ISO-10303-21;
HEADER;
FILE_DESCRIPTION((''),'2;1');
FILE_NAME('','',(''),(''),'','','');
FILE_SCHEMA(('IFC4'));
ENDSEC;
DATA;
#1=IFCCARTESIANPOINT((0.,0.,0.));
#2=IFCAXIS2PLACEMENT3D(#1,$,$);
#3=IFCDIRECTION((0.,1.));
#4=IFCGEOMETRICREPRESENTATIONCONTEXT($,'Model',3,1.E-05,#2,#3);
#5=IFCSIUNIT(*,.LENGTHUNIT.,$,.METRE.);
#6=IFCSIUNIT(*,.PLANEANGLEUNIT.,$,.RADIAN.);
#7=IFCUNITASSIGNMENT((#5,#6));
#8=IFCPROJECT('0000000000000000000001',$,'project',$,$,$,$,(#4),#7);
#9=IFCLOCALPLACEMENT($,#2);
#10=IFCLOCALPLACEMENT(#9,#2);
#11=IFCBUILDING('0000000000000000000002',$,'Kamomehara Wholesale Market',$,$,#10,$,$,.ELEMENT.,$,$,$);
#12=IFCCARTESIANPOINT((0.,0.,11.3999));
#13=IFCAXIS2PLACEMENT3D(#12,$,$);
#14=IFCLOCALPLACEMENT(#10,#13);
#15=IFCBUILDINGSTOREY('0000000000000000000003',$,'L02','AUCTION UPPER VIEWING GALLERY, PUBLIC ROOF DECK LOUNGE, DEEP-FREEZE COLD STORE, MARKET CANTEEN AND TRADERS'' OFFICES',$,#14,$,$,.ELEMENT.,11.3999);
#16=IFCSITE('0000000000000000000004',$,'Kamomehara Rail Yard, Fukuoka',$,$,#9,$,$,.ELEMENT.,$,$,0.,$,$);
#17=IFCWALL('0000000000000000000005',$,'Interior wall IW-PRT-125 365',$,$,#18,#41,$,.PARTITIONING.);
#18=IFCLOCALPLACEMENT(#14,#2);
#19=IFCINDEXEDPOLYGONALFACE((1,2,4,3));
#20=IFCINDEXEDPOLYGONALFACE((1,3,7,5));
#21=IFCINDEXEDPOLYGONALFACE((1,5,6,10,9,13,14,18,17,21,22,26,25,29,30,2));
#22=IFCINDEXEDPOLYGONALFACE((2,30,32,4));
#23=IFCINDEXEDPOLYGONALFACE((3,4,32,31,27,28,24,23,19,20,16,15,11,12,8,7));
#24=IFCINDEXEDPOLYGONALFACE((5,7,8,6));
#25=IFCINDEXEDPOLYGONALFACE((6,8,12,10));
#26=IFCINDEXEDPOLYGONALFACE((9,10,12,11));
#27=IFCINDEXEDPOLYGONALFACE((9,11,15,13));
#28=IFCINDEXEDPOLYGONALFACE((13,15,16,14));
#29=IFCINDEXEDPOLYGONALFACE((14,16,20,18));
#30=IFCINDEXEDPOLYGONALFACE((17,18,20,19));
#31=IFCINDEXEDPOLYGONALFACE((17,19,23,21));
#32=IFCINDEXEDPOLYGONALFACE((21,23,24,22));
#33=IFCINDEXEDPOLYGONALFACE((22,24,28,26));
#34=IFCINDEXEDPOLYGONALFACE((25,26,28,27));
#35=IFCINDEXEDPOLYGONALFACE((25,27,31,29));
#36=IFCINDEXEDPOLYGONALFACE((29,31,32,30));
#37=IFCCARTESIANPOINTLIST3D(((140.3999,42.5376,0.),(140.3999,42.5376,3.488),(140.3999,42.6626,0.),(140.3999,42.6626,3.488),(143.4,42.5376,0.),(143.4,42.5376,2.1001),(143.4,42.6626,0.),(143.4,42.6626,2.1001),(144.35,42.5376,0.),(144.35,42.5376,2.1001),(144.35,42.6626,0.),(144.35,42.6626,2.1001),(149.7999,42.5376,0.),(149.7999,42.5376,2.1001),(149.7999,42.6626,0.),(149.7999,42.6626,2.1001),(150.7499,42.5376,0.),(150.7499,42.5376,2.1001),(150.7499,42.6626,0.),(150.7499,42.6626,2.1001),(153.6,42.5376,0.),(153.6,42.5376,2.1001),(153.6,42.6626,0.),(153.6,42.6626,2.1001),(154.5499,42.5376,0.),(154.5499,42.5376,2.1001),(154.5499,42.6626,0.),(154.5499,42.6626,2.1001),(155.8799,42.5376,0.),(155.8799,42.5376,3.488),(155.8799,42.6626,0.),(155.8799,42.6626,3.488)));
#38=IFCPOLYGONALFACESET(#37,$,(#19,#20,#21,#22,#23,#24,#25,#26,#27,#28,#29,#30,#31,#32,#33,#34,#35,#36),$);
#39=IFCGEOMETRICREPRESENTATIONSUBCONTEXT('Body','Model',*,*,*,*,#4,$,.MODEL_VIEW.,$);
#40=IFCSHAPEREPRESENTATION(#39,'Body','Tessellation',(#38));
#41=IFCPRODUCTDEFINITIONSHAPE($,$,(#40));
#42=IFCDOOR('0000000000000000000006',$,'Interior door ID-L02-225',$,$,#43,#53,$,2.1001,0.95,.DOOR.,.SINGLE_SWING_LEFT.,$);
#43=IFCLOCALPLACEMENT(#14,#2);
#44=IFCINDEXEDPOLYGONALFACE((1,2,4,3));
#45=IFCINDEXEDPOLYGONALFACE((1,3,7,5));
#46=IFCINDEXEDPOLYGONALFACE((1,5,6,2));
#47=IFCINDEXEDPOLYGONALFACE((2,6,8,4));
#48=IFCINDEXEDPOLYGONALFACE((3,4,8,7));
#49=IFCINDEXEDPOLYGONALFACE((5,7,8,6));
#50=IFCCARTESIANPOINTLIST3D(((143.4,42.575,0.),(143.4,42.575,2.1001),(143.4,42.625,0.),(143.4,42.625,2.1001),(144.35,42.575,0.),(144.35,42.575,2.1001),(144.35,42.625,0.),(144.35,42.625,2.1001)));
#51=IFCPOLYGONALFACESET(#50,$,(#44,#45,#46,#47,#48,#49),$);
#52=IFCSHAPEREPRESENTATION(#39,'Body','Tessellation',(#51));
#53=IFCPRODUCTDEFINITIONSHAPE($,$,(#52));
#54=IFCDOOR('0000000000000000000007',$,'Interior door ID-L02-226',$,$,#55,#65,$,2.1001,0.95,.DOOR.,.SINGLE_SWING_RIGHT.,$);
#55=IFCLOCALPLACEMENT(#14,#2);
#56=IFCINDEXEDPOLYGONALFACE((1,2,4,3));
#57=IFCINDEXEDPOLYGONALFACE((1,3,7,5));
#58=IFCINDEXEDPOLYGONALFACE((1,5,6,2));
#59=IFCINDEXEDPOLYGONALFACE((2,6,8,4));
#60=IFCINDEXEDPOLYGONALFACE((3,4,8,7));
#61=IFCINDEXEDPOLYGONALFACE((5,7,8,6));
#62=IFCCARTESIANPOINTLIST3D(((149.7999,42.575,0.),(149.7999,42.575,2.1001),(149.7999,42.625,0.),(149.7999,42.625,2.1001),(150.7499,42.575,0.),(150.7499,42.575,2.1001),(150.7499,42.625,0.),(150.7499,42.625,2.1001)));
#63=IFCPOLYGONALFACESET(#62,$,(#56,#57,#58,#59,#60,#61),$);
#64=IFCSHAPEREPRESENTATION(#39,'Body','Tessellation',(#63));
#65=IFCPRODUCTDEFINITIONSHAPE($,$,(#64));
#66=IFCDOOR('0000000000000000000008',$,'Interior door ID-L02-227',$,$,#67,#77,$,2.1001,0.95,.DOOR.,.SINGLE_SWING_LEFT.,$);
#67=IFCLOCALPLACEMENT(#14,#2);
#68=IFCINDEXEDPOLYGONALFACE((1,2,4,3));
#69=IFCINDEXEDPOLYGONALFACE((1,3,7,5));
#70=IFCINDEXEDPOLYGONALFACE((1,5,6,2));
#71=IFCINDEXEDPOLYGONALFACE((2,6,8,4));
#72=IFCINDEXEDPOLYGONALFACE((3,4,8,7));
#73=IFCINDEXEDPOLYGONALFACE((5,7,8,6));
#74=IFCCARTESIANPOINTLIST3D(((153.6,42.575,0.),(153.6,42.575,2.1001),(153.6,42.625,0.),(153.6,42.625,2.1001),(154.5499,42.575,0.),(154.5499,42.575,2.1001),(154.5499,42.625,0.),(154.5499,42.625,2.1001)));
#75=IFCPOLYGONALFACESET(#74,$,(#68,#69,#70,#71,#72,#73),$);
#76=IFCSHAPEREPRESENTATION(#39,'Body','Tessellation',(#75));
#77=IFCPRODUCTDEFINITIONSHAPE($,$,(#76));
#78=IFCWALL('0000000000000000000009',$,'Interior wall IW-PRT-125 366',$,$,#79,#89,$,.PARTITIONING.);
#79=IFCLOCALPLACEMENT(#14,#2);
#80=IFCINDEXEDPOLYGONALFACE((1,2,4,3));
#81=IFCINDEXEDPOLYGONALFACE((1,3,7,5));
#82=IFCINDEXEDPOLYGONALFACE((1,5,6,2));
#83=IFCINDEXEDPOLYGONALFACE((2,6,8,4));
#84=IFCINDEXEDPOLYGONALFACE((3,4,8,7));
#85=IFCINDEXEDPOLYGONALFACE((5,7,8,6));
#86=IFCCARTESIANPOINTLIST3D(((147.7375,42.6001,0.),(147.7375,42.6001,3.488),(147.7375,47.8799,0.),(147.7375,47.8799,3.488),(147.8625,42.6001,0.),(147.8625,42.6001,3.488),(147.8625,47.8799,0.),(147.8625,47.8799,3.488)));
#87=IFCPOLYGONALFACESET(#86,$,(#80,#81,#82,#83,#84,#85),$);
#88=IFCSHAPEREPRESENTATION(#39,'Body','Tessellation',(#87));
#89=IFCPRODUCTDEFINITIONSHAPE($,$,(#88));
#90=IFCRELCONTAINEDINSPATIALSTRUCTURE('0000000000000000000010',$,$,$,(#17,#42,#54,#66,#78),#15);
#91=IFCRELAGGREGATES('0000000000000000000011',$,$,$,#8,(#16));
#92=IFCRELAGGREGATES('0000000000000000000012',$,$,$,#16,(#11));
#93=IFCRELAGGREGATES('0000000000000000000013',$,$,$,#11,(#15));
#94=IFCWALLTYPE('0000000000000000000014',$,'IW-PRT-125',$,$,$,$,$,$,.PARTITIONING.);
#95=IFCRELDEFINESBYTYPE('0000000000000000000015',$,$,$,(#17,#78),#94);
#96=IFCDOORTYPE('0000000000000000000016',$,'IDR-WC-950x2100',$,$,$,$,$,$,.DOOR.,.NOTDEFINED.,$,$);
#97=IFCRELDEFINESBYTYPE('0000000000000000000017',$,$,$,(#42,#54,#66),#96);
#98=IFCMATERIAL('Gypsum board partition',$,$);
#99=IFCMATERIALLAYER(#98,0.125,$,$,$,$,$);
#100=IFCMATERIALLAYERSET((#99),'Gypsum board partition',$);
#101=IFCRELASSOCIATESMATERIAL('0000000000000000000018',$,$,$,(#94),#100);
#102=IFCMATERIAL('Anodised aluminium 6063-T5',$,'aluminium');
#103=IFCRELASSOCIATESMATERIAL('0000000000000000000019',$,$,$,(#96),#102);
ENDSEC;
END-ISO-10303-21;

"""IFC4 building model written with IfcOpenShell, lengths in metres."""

from ifc_helpers import new_model, si_unit, direction, frame, frame_2d, origin, place, context, subcontext, project, spatial, rectangle, extrude, material, layer, layer_set, type_object, element, fill, save


model = new_model("IFC4")

# Units and contexts
model_context = context("Model", 3, precision=1e-05, world=origin(), true_north=direction((0.0, 1.0)))
body_context = subcontext(model_context, "Body", "Model", "MODEL_VIEW")
ifc_project = project(units=[si_unit("LENGTHUNIT", "METRE"), si_unit("PLANEANGLEUNIT", "RADIAN")], contexts=[model_context])

# Site, building, storey
site_placement = place(None, origin())
site = spatial("IfcSite", under=ifc_project, at=site_placement, Name="Kamomehara Rail Yard, Fukuoka", CompositionType="ELEMENT", RefElevation=0.0)
building_placement = place(site_placement, origin())
building = spatial("IfcBuilding", under=site, at=building_placement, Name="Kamomehara Wholesale Market", CompositionType="ELEMENT")
storey_placement = place(building_placement, frame((0.0, 0.0, 11.3999)))
storey = spatial("IfcBuildingStorey", under=building, at=storey_placement, Name="L02", Description="AUCTION UPPER VIEWING GALLERY, PUBLIC ROOF DECK LOUNGE, DEEP-FREEZE COLD STORE, MARKET CANTEEN AND TRADERS' OFFICES", CompositionType="ELEMENT", Elevation=11.3999)

# Shared definitions
ifc_material_1 = material(Name="Gypsum board partition")
ifc_layer_1 = layer(ifc_material_1, 0.125)
ifc_layer_set_1 = layer_set([ifc_layer_1], Name="Gypsum board partition")
wall_type_1 = type_object("IfcWallType", Name="IW-PRT-125", PredefinedType="PARTITIONING", material=ifc_layer_set_1)

# Wall, openings, doors
wall_1_placement = place(storey_placement, frame((140.3999, 42.6001, 0.0), z_axis=(0.0, 0.0, 1.0), x_axis=(1.0, 0.0, 0.0)))
wall_1 = element("IfcWall", 1, at=wall_1_placement, inside=storey, type_object=wall_type_1, Name="Interior wall IW-PRT-125 365", PredefinedType="PARTITIONING", context=body_context, shape_type="SweptSolid", body=[
    extrude(rectangle(XDim=15.48, YDim=0.125, at=frame_2d((7.74, 0.0))), origin(), (0.0, 0.0, 1.0), 3.488),
])
opening_1_placement = place(wall_1_placement, frame((3.0, 0.0, 0.0)))
opening_1 = element("IfcOpeningElement", 2, at=opening_1_placement, cuts=wall_1, PredefinedType="OPENING", context=body_context, shape_type="SweptSolid", body=[
    extrude(rectangle(XDim=0.95, YDim=2.1001, at=frame_2d((0.4751, 1.05))), frame((0.0, 0.0774, 0.0), z_axis=(0.0, -1.0, 0.0), x_axis=(1.0, 0.0, 0.0)), (0.0, 0.0, 1.0), 0.1548),
])
opening_2_placement = place(wall_1_placement, frame((9.3999, 0.0, 0.0)))
opening_2 = element("IfcOpeningElement", 3, at=opening_2_placement, cuts=wall_1, PredefinedType="OPENING", context=body_context, shape_type="SweptSolid", body=[
    extrude(rectangle(XDim=0.95, YDim=2.1001, at=frame_2d((0.4751, 1.05))), frame((0.0, 0.0774, 0.0), z_axis=(0.0, -1.0, 0.0), x_axis=(1.0, 0.0, 0.0)), (0.0, 0.0, 1.0), 0.1548),
])
opening_3_placement = place(wall_1_placement, frame((13.2, 0.0, 0.0)))
opening_3 = element("IfcOpeningElement", 4, at=opening_3_placement, cuts=wall_1, PredefinedType="OPENING", context=body_context, shape_type="SweptSolid", body=[
    extrude(rectangle(XDim=0.95, YDim=2.1001, at=frame_2d((0.4751, 1.05))), frame((0.0, 0.0774, 0.0), z_axis=(0.0, -1.0, 0.0), x_axis=(1.0, 0.0, 0.0)), (0.0, 0.0, 1.0), 0.1548),
])
ifc_material_2 = material(Name="Anodised aluminium 6063-T5", Category="aluminium")
door_type = type_object("IfcDoorType", Name="IDR-WC-950x2100", OperationType="NOTDEFINED", PredefinedType="DOOR", material=ifc_material_2)
door_1_placement = place(opening_1_placement, origin())
door_1 = element("IfcDoor", 5, at=door_1_placement, inside=storey, type_object=door_type, Name="Interior door ID-L02-225", OperationType="SINGLE_SWING_LEFT", OverallHeight=2.1001, OverallWidth=0.95, PredefinedType="DOOR", context=body_context, shape_type="SweptSolid", body=[
    extrude(rectangle(XDim=0.95, YDim=2.1001, at=frame_2d((0.4751, 1.05))), frame((0.0, 0.0249, 0.0), z_axis=(0.0, -1.0, 0.0), x_axis=(1.0, 0.0, 0.0)), (0.0, 0.0, 1.0), 0.05),
])
fill(opening_1, door_1)
door_2_placement = place(opening_2_placement, origin())
door_2 = element("IfcDoor", 6, at=door_2_placement, inside=storey, type_object=door_type, Name="Interior door ID-L02-226", OperationType="SINGLE_SWING_RIGHT", OverallHeight=2.1001, OverallWidth=0.95, PredefinedType="DOOR", context=body_context, shape_type="SweptSolid", body=[
    extrude(rectangle(XDim=0.95, YDim=2.1001, at=frame_2d((0.4751, 1.05))), frame((0.0, 0.0249, 0.0), z_axis=(0.0, -1.0, 0.0), x_axis=(1.0, 0.0, 0.0)), (0.0, 0.0, 1.0), 0.05),
])
fill(opening_2, door_2)
door_3_placement = place(opening_3_placement, origin())
door_3 = element("IfcDoor", 7, at=door_3_placement, inside=storey, type_object=door_type, Name="Interior door ID-L02-227", OperationType="SINGLE_SWING_LEFT", OverallHeight=2.1001, OverallWidth=0.95, PredefinedType="DOOR", context=body_context, shape_type="SweptSolid", body=[
    extrude(rectangle(XDim=0.95, YDim=2.1001, at=frame_2d((0.4751, 1.05))), frame((0.0, 0.0249, 0.0), z_axis=(0.0, -1.0, 0.0), x_axis=(1.0, 0.0, 0.0)), (0.0, 0.0, 1.0), 0.05),
])
fill(opening_3, door_3)

# Wall
wall_2_placement = place(storey_placement, frame((147.8, 42.6001, 0.0), z_axis=(0.0, 0.0, 1.0), x_axis=(0.0, 1.0, 0.0)))
element("IfcWall", 8, at=wall_2_placement, inside=storey, type_object=wall_type_1, Name="Interior wall IW-PRT-125 366", PredefinedType="PARTITIONING", context=body_context, shape_type="SweptSolid", body=[
    extrude(rectangle(XDim=5.2798, YDim=0.125, at=frame_2d((2.6399, 0.0))), origin(), (0.0, 0.0, 1.0), 3.488),
])

save(model, "model.ifc")
